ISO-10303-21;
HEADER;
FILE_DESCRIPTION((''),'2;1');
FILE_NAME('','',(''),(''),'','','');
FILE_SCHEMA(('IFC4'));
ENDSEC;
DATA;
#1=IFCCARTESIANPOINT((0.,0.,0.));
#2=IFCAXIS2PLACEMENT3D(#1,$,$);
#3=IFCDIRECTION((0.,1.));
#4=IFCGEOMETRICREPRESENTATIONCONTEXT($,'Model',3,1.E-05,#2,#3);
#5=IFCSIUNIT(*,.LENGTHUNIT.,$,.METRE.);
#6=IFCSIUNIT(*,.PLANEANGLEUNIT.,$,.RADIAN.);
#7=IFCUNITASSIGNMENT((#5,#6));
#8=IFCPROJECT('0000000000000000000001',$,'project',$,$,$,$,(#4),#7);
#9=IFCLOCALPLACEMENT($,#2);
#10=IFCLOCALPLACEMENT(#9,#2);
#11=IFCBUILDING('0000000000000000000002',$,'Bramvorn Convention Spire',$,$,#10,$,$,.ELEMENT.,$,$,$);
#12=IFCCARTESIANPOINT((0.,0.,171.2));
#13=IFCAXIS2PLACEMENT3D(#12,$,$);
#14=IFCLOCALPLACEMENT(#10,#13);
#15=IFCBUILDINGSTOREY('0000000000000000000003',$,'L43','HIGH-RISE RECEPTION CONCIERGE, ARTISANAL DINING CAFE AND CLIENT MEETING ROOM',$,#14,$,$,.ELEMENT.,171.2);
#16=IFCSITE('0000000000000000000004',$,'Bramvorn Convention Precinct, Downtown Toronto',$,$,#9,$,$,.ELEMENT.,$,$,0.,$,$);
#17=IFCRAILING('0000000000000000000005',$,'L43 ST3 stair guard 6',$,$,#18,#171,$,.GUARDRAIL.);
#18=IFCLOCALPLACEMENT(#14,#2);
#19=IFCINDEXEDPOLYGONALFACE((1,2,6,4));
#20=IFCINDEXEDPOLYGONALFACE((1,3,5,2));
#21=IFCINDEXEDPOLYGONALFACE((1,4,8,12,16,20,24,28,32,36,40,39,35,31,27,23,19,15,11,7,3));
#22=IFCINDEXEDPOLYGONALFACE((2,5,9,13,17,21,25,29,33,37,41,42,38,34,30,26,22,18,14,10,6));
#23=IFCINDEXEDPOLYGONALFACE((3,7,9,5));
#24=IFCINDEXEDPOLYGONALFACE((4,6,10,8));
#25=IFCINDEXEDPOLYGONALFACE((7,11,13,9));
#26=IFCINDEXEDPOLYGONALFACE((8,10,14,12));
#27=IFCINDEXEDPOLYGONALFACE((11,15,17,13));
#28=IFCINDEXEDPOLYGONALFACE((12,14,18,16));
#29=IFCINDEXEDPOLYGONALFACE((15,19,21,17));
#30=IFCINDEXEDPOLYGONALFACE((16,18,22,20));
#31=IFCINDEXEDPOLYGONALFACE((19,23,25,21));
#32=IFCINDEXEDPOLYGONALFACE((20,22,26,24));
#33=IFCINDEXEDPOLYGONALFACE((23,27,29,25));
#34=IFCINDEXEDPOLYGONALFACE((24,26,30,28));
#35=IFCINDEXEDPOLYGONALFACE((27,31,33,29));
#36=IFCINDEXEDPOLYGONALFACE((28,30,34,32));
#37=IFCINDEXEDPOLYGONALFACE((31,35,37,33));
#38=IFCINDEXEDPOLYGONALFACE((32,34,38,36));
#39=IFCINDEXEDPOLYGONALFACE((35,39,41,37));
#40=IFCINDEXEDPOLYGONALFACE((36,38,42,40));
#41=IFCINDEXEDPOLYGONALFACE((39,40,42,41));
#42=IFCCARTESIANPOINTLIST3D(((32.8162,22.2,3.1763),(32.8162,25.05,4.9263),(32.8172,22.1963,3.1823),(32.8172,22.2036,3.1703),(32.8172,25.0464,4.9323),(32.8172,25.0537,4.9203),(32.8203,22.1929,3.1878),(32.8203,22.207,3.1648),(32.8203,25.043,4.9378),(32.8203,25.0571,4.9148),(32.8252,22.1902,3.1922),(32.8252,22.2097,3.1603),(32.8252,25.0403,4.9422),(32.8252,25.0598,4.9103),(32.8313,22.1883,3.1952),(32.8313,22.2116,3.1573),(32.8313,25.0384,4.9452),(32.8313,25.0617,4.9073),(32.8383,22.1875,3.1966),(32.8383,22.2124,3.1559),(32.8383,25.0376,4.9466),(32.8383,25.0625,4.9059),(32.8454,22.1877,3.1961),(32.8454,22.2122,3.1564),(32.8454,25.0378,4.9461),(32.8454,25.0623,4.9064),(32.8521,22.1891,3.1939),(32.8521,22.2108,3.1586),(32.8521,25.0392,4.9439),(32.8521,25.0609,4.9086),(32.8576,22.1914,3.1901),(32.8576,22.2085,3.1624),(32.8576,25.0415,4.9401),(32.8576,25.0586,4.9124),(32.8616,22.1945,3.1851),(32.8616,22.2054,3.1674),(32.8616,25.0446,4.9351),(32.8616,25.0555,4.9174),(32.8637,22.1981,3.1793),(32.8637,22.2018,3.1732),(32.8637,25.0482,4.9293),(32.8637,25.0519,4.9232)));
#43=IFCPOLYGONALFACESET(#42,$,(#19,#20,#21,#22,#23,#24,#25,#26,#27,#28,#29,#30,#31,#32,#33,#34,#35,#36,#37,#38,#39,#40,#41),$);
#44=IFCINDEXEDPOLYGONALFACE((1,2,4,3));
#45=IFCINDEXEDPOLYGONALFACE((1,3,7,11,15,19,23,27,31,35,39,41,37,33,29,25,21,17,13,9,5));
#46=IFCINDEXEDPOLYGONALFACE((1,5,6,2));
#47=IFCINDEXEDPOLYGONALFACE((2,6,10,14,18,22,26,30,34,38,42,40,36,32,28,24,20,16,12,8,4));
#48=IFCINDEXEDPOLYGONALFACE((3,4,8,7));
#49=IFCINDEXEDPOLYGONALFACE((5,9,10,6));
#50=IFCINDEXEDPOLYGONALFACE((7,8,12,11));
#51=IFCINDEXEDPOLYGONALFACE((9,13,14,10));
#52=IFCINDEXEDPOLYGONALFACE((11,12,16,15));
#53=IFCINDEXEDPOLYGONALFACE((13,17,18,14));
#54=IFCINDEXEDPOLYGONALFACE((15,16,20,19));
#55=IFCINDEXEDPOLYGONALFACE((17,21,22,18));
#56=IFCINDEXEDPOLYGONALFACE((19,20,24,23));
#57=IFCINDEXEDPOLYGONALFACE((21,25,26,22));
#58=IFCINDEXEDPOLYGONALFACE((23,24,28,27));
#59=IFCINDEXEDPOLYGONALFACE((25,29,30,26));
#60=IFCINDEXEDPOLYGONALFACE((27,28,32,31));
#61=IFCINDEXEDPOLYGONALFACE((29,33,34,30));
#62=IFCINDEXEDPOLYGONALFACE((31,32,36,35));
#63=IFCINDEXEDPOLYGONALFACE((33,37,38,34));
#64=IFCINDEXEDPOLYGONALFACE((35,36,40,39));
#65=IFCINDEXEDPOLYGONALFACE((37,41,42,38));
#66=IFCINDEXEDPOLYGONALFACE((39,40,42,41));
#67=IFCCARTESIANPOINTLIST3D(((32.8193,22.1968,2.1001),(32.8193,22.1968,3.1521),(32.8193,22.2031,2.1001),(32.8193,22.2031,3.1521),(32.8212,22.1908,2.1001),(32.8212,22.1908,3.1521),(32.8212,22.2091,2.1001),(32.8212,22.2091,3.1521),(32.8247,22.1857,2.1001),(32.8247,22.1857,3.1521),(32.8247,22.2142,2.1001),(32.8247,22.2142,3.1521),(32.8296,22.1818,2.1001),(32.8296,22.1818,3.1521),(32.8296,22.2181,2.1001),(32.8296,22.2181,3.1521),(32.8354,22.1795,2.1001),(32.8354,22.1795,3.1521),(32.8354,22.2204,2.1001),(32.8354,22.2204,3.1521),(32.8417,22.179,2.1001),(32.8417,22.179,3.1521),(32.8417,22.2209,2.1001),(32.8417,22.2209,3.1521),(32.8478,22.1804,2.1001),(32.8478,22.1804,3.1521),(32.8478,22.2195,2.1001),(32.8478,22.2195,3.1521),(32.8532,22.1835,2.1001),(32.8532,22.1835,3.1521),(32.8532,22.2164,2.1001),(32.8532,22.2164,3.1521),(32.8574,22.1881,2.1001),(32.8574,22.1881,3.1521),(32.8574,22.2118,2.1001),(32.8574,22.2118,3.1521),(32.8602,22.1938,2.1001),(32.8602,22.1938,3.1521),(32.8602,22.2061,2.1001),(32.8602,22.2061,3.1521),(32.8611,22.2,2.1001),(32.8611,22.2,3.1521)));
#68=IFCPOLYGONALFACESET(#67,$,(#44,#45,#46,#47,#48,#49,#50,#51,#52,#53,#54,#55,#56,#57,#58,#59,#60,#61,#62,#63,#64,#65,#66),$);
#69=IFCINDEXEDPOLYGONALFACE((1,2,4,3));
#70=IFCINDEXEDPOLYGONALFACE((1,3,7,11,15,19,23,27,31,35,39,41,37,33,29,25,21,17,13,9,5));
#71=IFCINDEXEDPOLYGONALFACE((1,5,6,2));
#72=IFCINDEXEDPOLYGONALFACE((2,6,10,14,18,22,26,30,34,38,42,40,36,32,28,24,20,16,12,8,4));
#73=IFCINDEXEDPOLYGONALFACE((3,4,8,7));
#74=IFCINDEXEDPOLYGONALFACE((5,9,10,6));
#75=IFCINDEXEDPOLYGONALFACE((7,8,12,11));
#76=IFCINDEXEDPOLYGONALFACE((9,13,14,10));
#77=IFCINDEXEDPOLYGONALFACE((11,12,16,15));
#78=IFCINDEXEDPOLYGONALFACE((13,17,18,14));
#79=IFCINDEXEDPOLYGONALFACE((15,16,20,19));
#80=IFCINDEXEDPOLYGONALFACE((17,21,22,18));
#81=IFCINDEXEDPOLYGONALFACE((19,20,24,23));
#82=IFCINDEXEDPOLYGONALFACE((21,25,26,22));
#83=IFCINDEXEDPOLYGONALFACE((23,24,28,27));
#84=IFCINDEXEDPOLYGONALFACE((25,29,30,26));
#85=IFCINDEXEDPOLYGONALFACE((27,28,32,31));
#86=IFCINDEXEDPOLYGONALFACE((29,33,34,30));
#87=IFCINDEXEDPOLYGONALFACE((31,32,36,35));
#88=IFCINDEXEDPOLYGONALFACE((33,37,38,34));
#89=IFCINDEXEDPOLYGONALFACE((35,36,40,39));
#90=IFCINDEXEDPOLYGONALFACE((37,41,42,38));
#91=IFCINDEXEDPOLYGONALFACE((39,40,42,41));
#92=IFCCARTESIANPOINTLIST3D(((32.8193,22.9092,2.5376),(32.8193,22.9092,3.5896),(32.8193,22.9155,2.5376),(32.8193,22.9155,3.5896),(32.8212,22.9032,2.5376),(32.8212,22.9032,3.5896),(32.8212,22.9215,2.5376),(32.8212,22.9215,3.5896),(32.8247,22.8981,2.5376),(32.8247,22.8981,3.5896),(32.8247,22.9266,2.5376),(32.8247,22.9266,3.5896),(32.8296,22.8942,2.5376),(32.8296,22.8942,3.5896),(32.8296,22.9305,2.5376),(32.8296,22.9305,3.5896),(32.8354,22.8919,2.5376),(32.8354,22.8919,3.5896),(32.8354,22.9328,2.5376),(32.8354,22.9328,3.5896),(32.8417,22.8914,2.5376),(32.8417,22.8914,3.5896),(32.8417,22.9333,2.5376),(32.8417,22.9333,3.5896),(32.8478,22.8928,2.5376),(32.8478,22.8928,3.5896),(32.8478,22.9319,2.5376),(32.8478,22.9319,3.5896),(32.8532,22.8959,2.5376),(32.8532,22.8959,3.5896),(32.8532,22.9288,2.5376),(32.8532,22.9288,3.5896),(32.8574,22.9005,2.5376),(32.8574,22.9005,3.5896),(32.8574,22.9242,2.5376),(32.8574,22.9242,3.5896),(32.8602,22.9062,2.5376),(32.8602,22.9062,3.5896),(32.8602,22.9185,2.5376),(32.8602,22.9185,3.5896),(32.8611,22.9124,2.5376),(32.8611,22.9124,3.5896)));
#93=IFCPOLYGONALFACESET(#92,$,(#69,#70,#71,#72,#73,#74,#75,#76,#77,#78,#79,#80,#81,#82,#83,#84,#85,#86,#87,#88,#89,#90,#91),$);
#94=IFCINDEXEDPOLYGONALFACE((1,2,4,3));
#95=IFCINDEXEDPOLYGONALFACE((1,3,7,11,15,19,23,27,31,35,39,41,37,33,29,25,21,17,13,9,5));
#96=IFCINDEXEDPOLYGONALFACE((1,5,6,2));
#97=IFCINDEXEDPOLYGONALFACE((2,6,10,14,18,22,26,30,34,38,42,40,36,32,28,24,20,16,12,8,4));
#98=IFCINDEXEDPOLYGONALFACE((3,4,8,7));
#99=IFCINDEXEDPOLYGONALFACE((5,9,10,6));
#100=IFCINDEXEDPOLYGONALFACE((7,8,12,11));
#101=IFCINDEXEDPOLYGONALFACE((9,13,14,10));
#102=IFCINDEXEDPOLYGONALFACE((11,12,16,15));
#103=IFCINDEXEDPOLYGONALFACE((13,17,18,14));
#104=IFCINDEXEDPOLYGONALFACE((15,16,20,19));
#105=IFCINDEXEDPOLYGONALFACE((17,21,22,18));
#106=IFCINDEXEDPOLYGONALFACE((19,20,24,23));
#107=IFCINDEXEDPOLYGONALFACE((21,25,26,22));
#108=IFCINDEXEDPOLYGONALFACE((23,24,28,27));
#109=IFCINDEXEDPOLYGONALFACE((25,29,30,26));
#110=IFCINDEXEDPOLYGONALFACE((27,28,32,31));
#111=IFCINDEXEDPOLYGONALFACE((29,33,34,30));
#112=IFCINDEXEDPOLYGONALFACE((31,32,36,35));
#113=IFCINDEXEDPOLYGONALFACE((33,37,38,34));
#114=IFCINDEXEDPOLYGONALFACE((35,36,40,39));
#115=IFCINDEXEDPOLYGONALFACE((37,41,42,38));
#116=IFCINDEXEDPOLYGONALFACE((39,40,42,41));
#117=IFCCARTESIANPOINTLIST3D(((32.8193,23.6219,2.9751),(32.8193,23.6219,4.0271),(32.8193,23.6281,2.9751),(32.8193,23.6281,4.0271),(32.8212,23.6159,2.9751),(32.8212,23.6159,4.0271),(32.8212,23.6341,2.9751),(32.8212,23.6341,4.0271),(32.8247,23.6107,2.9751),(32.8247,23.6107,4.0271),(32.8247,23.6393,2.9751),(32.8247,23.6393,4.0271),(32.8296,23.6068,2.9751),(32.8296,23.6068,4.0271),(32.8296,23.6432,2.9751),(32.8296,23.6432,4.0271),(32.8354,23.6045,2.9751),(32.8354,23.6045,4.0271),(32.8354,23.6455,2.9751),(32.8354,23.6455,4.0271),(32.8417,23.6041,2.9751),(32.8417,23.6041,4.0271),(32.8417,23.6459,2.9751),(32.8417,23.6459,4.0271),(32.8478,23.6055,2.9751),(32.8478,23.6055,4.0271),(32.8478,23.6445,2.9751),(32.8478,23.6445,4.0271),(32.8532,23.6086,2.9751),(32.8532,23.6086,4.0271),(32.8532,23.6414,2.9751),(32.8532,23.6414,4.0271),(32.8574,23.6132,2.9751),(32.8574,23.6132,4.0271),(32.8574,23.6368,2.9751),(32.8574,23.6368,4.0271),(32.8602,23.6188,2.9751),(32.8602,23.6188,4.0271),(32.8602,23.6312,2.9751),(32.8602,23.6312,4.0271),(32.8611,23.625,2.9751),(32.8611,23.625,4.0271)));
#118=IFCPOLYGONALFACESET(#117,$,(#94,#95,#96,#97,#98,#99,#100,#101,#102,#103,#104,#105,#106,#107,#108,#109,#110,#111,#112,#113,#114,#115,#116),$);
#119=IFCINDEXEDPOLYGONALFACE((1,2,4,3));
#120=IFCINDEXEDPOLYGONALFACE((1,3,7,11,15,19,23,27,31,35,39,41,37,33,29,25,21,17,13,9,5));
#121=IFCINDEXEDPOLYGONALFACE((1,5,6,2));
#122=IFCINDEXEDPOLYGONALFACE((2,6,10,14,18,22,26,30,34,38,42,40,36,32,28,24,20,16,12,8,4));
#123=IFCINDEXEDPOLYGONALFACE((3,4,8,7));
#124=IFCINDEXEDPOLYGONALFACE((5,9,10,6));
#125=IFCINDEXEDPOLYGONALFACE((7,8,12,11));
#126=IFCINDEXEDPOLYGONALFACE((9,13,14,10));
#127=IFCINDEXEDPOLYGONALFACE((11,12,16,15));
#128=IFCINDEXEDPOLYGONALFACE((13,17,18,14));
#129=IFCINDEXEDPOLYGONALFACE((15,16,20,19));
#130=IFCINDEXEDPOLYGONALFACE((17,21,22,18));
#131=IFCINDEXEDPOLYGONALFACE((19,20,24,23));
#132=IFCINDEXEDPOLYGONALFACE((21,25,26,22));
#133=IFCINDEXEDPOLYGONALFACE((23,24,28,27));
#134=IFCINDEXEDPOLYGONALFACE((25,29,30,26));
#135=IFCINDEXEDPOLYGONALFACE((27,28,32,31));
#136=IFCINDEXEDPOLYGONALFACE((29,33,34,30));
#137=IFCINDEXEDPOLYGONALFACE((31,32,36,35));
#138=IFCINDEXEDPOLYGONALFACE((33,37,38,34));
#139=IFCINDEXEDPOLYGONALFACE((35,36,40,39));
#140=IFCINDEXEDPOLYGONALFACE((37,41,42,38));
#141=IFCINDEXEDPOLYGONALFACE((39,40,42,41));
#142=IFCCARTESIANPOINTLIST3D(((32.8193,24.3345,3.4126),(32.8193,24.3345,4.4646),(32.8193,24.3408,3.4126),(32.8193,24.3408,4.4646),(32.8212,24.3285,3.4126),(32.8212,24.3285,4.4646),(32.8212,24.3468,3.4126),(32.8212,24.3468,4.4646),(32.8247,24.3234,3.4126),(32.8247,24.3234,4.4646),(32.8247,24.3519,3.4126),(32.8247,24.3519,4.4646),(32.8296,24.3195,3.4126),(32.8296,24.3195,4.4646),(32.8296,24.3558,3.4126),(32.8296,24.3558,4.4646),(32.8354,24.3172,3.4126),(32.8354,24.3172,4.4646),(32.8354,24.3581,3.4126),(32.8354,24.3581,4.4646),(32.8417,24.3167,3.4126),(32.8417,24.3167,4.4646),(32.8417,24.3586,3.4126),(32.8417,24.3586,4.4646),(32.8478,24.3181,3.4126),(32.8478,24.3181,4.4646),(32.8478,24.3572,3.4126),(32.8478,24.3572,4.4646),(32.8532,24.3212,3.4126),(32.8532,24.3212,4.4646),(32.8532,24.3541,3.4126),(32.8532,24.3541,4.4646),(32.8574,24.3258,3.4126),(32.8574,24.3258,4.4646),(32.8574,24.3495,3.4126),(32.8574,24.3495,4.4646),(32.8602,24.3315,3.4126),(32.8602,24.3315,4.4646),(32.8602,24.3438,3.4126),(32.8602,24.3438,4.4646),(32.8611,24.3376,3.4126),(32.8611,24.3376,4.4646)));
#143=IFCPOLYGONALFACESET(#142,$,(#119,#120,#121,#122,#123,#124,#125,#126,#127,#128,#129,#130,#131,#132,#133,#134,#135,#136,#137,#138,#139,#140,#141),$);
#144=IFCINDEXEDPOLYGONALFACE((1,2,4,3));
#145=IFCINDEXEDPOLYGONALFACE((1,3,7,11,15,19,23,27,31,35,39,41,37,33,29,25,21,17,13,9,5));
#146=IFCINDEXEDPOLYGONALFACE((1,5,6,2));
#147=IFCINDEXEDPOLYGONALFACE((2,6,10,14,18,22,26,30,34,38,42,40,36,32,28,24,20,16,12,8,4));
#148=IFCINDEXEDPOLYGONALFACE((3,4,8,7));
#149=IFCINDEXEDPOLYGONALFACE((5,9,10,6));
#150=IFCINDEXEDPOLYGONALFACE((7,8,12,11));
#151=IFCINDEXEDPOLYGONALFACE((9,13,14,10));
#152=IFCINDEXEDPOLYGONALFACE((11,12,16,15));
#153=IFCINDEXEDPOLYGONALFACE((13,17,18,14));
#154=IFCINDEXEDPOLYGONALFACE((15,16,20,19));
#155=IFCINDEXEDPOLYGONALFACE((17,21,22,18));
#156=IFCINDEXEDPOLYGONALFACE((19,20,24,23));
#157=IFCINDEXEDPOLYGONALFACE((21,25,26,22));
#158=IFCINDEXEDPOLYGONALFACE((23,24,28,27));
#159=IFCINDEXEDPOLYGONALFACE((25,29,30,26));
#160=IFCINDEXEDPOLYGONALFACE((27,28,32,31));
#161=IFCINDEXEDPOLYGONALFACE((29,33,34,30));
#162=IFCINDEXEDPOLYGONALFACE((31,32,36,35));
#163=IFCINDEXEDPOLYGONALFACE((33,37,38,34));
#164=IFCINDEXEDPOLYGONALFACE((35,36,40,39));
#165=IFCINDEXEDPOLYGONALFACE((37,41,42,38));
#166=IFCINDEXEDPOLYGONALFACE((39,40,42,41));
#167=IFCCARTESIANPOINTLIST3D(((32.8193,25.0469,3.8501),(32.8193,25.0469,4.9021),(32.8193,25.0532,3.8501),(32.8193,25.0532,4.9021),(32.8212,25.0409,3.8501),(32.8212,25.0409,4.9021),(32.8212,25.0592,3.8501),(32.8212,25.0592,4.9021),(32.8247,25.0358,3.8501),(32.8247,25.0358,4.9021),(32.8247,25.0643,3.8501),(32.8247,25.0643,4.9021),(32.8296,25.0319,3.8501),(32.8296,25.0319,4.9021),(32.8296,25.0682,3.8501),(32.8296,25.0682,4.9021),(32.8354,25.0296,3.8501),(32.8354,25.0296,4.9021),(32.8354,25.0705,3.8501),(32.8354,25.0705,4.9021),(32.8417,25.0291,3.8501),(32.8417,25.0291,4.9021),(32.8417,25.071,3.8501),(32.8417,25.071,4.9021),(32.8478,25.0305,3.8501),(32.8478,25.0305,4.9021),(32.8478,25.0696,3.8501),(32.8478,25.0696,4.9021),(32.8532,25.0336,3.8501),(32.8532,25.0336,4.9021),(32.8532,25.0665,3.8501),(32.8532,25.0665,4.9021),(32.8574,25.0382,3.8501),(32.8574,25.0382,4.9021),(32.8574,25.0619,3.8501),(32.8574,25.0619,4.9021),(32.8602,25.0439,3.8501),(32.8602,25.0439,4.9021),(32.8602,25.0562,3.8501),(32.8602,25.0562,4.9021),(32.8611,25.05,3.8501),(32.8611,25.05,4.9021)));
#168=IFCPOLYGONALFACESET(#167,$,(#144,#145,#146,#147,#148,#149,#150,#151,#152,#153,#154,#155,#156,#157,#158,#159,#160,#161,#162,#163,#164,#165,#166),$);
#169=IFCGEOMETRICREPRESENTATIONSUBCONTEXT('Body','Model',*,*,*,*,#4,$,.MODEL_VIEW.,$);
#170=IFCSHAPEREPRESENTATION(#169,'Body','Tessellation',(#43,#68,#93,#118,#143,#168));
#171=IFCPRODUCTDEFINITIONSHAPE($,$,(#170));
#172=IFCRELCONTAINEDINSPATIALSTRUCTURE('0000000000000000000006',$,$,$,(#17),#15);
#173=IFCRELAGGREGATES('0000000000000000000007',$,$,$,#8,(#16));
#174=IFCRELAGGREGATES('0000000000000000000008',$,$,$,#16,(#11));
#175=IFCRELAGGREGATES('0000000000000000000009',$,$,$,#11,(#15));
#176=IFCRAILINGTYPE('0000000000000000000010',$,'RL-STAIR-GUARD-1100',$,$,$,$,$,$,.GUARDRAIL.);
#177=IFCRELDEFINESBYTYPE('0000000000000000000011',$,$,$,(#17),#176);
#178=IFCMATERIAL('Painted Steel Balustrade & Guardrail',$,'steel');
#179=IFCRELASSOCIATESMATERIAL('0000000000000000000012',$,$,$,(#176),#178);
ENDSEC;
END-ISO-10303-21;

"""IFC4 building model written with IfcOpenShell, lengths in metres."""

from ifc_helpers import new_model, si_unit, direction, frame, origin, origin_2d, place, context, subcontext, project, spatial, circle, extrude, material, type_object, element, save


model = new_model("IFC4")

# Units and contexts
model_context = context("Model", 3, precision=1e-05, world=origin(), true_north=direction((0.0, 1.0)))
body_context = subcontext(model_context, "Body", "Model", "MODEL_VIEW")
ifc_project = project(units=[si_unit("LENGTHUNIT", "METRE"), si_unit("PLANEANGLEUNIT", "RADIAN")], contexts=[model_context])

# Site, building, storey
site_placement = place(None, origin())
site = spatial("IfcSite", under=ifc_project, at=site_placement, Name="Bramvorn Convention Precinct, Downtown Toronto", CompositionType="ELEMENT", RefElevation=0.0)
building_placement = place(site_placement, origin())
building = spatial("IfcBuilding", under=site, at=building_placement, Name="Bramvorn Convention Spire", CompositionType="ELEMENT")
storey_placement = place(building_placement, frame((0.0, 0.0, 171.2)))
storey = spatial("IfcBuildingStorey", under=building, at=storey_placement, Name="L43", Description="HIGH-RISE RECEPTION CONCIERGE, ARTISANAL DINING CAFE AND CLIENT MEETING ROOM", CompositionType="ELEMENT", Elevation=171.2)

# Railing
ifc_material_1 = material(Name="Painted Steel Balustrade & Guardrail", Category="steel")
railing_type_1 = type_object("IfcRailingType", Name="RL-STAIR-GUARD-1100", PredefinedType="GUARDRAIL", material=ifc_material_1)
railing_1_placement = place(storey_placement, frame((32.8401, 22.2, 2.1001)))
element("IfcRailing", 1, at=railing_1_placement, inside=storey, type_object=railing_type_1, Name="L43 ST3 stair guard 6", PredefinedType="GUARDRAIL", context=body_context, shape_type="SweptSolid", body=[
    extrude(circle(Radius=0.0239, at=origin_2d()), frame((0.0, 0.0, 1.0762), z_axis=(0.0, 0.852179, 0.52325), x_axis=(-1.0, 0.0, 0.0)), (0.0, 0.0, 1.0), 3.3445),
    extrude(circle(Radius=0.021, at=origin_2d()), origin(), (0.0, 0.0, 1.0), 1.052),
    extrude(circle(Radius=0.021, at=origin_2d()), frame((0.0, 0.7124, 0.4375)), (0.0, 0.0, 1.0), 1.052),
    extrude(circle(Radius=0.021, at=origin_2d()), frame((0.0, 1.425, 0.875)), (0.0, 0.0, 1.0), 1.052),
    extrude(circle(Radius=0.021, at=origin_2d()), frame((0.0, 2.1377, 1.3125)), (0.0, 0.0, 1.0), 1.052),
    extrude(circle(Radius=0.021, at=origin_2d()), frame((0.0, 2.8501, 1.75)), (0.0, 0.0, 1.0), 1.052),
])

save(model, "model.ifc")
